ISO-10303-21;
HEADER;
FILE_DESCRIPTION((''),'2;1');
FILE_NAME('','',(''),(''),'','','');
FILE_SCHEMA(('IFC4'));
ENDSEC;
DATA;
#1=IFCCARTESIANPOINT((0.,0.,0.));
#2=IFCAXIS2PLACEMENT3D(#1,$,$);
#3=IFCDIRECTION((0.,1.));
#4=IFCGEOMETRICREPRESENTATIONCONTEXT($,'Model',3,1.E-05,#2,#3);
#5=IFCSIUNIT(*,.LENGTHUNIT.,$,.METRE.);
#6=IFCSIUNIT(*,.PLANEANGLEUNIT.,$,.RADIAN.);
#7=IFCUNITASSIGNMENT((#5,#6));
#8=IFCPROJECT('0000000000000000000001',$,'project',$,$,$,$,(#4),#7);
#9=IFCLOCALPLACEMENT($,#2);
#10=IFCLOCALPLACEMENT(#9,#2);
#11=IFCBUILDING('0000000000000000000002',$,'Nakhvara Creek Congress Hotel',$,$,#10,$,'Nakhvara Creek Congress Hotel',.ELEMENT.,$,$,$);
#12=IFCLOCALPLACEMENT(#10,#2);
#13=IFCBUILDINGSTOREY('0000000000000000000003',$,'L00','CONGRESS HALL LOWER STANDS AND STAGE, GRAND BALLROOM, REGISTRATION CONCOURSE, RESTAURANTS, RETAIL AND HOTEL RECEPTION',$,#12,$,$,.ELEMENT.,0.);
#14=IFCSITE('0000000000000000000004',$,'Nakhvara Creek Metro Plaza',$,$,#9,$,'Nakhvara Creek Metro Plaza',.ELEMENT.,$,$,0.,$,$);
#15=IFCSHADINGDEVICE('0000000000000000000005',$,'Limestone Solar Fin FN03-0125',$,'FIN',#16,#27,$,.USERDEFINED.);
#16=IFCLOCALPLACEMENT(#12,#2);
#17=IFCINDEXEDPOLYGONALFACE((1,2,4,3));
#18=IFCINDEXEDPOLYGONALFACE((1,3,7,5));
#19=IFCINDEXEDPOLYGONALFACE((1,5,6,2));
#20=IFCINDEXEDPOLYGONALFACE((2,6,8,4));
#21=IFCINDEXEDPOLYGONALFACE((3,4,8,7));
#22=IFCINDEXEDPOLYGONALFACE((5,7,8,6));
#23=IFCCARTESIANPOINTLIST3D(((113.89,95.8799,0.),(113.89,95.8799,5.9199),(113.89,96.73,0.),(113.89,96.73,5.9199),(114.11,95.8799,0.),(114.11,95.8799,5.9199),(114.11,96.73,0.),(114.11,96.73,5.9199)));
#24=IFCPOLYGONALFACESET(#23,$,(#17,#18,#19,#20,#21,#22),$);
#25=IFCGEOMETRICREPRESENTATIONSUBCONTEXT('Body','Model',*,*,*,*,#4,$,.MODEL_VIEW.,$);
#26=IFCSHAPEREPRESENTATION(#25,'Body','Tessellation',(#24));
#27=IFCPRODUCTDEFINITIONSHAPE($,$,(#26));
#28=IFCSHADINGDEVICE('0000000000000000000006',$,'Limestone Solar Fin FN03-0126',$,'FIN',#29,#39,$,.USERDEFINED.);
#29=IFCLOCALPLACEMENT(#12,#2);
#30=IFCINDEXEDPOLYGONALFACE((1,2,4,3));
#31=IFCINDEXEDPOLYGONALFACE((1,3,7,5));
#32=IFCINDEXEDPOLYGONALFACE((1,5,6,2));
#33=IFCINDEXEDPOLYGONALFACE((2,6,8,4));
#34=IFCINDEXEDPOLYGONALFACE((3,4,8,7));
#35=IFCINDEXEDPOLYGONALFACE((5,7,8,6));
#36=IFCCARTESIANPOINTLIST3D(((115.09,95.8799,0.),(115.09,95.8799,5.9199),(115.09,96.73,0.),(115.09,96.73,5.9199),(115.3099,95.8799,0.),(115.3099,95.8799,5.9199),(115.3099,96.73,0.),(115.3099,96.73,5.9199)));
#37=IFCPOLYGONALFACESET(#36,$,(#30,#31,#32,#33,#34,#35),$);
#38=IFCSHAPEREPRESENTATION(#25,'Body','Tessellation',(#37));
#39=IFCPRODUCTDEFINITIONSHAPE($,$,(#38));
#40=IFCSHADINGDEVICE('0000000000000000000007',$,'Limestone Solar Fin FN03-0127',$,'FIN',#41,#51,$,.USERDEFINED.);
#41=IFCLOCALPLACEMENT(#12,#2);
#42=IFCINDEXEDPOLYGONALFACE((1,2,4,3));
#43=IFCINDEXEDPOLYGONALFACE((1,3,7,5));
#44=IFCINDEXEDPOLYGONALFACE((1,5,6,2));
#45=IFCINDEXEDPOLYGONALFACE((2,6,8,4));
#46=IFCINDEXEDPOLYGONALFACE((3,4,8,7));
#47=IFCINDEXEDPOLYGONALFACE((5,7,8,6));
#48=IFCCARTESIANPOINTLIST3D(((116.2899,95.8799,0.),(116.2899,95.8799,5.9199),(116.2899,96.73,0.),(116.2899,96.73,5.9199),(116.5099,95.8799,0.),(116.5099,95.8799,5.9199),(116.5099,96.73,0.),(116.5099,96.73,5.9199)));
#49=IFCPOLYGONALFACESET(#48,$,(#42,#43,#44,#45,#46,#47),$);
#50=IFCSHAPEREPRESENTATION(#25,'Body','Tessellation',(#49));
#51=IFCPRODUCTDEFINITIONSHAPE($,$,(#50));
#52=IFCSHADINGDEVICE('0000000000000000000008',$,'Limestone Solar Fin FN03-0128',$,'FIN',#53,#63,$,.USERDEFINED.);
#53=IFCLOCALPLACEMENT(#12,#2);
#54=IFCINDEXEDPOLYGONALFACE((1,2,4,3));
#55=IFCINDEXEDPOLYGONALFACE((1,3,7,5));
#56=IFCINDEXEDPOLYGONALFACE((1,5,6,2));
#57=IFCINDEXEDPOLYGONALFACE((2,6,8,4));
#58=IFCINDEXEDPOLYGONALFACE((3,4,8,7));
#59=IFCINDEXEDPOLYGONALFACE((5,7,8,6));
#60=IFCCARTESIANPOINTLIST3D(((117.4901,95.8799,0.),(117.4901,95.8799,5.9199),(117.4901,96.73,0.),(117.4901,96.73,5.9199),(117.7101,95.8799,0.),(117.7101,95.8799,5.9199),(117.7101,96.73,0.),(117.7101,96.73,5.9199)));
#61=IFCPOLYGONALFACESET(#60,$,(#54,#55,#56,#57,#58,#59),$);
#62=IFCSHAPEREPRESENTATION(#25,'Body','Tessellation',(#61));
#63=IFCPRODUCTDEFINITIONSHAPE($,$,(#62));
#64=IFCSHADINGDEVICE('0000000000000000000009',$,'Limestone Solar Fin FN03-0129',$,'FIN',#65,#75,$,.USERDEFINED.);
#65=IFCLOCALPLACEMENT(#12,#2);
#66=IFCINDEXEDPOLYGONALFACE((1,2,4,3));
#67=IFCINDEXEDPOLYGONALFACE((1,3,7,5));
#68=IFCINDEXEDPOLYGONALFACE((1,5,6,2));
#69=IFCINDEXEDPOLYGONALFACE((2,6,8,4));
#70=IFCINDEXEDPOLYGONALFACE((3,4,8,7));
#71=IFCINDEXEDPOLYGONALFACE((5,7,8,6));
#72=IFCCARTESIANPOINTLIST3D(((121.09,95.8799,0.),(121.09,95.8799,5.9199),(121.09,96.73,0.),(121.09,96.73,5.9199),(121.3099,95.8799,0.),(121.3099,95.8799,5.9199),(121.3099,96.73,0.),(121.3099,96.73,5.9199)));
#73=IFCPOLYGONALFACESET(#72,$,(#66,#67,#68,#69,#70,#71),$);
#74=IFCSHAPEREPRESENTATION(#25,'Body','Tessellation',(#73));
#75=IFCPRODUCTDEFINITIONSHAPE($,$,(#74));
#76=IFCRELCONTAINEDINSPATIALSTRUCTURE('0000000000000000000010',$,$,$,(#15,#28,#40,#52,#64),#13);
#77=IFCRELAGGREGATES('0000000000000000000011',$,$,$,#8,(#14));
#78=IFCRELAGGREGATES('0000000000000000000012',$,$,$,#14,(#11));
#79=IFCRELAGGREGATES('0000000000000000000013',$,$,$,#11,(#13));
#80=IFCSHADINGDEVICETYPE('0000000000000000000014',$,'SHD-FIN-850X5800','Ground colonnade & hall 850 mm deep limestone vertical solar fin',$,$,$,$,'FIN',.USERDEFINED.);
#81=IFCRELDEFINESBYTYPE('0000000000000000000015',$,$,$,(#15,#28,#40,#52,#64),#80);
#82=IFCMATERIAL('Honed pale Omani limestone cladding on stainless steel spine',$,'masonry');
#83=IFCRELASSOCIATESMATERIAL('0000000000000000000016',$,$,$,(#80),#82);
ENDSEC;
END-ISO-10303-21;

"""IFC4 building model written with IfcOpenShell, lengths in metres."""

from ifc_helpers import new_model, si_unit, direction, frame, origin, origin_2d, place, context, subcontext, project, spatial, rectangle, extrude, material, type_object, element, save


model = new_model("IFC4")

# Units and contexts
model_context = context("Model", 3, precision=1e-05, world=origin(), true_north=direction((0.0, 1.0)))
body_context = subcontext(model_context, "Body", "Model", "MODEL_VIEW")
ifc_project = project(units=[si_unit("LENGTHUNIT", "METRE"), si_unit("PLANEANGLEUNIT", "RADIAN")], contexts=[model_context])

# Site, building, storey
site_placement = place(None, origin())
site = spatial("IfcSite", under=ifc_project, at=site_placement, Name="Nakhvara Creek Metro Plaza", LongName="Nakhvara Creek Metro Plaza", CompositionType="ELEMENT", RefElevation=0.0)
building_placement = place(site_placement, origin())
building = spatial("IfcBuilding", under=site, at=building_placement, Name="Nakhvara Creek Congress Hotel", LongName="Nakhvara Creek Congress Hotel", CompositionType="ELEMENT")
storey_placement = place(building_placement, origin())
storey = spatial("IfcBuildingStorey", under=building, at=storey_placement, Name="L00", Description="CONGRESS HALL LOWER STANDS AND STAGE, GRAND BALLROOM, REGISTRATION CONCOURSE, RESTAURANTS, RETAIL AND HOTEL RECEPTION", CompositionType="ELEMENT", Elevation=0.0)

# Shading devices
ifc_material_1 = material(Name="Honed pale Omani limestone cladding on stainless steel spine", Category="masonry")
shading_device_type = type_object("IfcShadingDeviceType", Name="SHD-FIN-850X5800", Description="Ground colonnade & hall 850 mm deep limestone vertical solar fin", ElementType="FIN", PredefinedType="USERDEFINED", material=ifc_material_1)
for number, where, z_axis, x_axis, name in (
    (1, (114.0, 96.3049, 0.0), (0.0, 0.0, 1.0), (1.0, 0.0, 0.0), "Limestone Solar Fin FN03-0125"),
    (2, (115.2, 96.3049, 0.0), (0.0, 0.0, 1.0), (1.0, 0.0, 0.0), "Limestone Solar Fin FN03-0126"),
    (3, (116.3999, 96.3049, 0.0), (0.0, 0.0, 1.0), (1.0, 0.0, 0.0), "Limestone Solar Fin FN03-0127"),
    (4, (117.6001, 96.3049, 0.0), (0.0, 0.0, 1.0), (1.0, 0.0, 0.0), "Limestone Solar Fin FN03-0128"),
    (5, (121.2, 96.3049, 0.0), (0.0, 0.0, 1.0), (1.0, 0.0, 0.0), "Limestone Solar Fin FN03-0129"),
):
    element("IfcShadingDevice", number, at=place(storey_placement, frame(where, z_axis=z_axis, x_axis=x_axis)), inside=storey, type_object=shading_device_type, Name=name, ObjectType="FIN", PredefinedType="USERDEFINED", context=body_context, shape_type="SweptSolid", body=[
        extrude(rectangle(XDim=0.22, YDim=0.8501, at=origin_2d()), origin(), (0.0, 0.0, 1.0), 5.9199),
    ])

save(model, "model.ifc")
